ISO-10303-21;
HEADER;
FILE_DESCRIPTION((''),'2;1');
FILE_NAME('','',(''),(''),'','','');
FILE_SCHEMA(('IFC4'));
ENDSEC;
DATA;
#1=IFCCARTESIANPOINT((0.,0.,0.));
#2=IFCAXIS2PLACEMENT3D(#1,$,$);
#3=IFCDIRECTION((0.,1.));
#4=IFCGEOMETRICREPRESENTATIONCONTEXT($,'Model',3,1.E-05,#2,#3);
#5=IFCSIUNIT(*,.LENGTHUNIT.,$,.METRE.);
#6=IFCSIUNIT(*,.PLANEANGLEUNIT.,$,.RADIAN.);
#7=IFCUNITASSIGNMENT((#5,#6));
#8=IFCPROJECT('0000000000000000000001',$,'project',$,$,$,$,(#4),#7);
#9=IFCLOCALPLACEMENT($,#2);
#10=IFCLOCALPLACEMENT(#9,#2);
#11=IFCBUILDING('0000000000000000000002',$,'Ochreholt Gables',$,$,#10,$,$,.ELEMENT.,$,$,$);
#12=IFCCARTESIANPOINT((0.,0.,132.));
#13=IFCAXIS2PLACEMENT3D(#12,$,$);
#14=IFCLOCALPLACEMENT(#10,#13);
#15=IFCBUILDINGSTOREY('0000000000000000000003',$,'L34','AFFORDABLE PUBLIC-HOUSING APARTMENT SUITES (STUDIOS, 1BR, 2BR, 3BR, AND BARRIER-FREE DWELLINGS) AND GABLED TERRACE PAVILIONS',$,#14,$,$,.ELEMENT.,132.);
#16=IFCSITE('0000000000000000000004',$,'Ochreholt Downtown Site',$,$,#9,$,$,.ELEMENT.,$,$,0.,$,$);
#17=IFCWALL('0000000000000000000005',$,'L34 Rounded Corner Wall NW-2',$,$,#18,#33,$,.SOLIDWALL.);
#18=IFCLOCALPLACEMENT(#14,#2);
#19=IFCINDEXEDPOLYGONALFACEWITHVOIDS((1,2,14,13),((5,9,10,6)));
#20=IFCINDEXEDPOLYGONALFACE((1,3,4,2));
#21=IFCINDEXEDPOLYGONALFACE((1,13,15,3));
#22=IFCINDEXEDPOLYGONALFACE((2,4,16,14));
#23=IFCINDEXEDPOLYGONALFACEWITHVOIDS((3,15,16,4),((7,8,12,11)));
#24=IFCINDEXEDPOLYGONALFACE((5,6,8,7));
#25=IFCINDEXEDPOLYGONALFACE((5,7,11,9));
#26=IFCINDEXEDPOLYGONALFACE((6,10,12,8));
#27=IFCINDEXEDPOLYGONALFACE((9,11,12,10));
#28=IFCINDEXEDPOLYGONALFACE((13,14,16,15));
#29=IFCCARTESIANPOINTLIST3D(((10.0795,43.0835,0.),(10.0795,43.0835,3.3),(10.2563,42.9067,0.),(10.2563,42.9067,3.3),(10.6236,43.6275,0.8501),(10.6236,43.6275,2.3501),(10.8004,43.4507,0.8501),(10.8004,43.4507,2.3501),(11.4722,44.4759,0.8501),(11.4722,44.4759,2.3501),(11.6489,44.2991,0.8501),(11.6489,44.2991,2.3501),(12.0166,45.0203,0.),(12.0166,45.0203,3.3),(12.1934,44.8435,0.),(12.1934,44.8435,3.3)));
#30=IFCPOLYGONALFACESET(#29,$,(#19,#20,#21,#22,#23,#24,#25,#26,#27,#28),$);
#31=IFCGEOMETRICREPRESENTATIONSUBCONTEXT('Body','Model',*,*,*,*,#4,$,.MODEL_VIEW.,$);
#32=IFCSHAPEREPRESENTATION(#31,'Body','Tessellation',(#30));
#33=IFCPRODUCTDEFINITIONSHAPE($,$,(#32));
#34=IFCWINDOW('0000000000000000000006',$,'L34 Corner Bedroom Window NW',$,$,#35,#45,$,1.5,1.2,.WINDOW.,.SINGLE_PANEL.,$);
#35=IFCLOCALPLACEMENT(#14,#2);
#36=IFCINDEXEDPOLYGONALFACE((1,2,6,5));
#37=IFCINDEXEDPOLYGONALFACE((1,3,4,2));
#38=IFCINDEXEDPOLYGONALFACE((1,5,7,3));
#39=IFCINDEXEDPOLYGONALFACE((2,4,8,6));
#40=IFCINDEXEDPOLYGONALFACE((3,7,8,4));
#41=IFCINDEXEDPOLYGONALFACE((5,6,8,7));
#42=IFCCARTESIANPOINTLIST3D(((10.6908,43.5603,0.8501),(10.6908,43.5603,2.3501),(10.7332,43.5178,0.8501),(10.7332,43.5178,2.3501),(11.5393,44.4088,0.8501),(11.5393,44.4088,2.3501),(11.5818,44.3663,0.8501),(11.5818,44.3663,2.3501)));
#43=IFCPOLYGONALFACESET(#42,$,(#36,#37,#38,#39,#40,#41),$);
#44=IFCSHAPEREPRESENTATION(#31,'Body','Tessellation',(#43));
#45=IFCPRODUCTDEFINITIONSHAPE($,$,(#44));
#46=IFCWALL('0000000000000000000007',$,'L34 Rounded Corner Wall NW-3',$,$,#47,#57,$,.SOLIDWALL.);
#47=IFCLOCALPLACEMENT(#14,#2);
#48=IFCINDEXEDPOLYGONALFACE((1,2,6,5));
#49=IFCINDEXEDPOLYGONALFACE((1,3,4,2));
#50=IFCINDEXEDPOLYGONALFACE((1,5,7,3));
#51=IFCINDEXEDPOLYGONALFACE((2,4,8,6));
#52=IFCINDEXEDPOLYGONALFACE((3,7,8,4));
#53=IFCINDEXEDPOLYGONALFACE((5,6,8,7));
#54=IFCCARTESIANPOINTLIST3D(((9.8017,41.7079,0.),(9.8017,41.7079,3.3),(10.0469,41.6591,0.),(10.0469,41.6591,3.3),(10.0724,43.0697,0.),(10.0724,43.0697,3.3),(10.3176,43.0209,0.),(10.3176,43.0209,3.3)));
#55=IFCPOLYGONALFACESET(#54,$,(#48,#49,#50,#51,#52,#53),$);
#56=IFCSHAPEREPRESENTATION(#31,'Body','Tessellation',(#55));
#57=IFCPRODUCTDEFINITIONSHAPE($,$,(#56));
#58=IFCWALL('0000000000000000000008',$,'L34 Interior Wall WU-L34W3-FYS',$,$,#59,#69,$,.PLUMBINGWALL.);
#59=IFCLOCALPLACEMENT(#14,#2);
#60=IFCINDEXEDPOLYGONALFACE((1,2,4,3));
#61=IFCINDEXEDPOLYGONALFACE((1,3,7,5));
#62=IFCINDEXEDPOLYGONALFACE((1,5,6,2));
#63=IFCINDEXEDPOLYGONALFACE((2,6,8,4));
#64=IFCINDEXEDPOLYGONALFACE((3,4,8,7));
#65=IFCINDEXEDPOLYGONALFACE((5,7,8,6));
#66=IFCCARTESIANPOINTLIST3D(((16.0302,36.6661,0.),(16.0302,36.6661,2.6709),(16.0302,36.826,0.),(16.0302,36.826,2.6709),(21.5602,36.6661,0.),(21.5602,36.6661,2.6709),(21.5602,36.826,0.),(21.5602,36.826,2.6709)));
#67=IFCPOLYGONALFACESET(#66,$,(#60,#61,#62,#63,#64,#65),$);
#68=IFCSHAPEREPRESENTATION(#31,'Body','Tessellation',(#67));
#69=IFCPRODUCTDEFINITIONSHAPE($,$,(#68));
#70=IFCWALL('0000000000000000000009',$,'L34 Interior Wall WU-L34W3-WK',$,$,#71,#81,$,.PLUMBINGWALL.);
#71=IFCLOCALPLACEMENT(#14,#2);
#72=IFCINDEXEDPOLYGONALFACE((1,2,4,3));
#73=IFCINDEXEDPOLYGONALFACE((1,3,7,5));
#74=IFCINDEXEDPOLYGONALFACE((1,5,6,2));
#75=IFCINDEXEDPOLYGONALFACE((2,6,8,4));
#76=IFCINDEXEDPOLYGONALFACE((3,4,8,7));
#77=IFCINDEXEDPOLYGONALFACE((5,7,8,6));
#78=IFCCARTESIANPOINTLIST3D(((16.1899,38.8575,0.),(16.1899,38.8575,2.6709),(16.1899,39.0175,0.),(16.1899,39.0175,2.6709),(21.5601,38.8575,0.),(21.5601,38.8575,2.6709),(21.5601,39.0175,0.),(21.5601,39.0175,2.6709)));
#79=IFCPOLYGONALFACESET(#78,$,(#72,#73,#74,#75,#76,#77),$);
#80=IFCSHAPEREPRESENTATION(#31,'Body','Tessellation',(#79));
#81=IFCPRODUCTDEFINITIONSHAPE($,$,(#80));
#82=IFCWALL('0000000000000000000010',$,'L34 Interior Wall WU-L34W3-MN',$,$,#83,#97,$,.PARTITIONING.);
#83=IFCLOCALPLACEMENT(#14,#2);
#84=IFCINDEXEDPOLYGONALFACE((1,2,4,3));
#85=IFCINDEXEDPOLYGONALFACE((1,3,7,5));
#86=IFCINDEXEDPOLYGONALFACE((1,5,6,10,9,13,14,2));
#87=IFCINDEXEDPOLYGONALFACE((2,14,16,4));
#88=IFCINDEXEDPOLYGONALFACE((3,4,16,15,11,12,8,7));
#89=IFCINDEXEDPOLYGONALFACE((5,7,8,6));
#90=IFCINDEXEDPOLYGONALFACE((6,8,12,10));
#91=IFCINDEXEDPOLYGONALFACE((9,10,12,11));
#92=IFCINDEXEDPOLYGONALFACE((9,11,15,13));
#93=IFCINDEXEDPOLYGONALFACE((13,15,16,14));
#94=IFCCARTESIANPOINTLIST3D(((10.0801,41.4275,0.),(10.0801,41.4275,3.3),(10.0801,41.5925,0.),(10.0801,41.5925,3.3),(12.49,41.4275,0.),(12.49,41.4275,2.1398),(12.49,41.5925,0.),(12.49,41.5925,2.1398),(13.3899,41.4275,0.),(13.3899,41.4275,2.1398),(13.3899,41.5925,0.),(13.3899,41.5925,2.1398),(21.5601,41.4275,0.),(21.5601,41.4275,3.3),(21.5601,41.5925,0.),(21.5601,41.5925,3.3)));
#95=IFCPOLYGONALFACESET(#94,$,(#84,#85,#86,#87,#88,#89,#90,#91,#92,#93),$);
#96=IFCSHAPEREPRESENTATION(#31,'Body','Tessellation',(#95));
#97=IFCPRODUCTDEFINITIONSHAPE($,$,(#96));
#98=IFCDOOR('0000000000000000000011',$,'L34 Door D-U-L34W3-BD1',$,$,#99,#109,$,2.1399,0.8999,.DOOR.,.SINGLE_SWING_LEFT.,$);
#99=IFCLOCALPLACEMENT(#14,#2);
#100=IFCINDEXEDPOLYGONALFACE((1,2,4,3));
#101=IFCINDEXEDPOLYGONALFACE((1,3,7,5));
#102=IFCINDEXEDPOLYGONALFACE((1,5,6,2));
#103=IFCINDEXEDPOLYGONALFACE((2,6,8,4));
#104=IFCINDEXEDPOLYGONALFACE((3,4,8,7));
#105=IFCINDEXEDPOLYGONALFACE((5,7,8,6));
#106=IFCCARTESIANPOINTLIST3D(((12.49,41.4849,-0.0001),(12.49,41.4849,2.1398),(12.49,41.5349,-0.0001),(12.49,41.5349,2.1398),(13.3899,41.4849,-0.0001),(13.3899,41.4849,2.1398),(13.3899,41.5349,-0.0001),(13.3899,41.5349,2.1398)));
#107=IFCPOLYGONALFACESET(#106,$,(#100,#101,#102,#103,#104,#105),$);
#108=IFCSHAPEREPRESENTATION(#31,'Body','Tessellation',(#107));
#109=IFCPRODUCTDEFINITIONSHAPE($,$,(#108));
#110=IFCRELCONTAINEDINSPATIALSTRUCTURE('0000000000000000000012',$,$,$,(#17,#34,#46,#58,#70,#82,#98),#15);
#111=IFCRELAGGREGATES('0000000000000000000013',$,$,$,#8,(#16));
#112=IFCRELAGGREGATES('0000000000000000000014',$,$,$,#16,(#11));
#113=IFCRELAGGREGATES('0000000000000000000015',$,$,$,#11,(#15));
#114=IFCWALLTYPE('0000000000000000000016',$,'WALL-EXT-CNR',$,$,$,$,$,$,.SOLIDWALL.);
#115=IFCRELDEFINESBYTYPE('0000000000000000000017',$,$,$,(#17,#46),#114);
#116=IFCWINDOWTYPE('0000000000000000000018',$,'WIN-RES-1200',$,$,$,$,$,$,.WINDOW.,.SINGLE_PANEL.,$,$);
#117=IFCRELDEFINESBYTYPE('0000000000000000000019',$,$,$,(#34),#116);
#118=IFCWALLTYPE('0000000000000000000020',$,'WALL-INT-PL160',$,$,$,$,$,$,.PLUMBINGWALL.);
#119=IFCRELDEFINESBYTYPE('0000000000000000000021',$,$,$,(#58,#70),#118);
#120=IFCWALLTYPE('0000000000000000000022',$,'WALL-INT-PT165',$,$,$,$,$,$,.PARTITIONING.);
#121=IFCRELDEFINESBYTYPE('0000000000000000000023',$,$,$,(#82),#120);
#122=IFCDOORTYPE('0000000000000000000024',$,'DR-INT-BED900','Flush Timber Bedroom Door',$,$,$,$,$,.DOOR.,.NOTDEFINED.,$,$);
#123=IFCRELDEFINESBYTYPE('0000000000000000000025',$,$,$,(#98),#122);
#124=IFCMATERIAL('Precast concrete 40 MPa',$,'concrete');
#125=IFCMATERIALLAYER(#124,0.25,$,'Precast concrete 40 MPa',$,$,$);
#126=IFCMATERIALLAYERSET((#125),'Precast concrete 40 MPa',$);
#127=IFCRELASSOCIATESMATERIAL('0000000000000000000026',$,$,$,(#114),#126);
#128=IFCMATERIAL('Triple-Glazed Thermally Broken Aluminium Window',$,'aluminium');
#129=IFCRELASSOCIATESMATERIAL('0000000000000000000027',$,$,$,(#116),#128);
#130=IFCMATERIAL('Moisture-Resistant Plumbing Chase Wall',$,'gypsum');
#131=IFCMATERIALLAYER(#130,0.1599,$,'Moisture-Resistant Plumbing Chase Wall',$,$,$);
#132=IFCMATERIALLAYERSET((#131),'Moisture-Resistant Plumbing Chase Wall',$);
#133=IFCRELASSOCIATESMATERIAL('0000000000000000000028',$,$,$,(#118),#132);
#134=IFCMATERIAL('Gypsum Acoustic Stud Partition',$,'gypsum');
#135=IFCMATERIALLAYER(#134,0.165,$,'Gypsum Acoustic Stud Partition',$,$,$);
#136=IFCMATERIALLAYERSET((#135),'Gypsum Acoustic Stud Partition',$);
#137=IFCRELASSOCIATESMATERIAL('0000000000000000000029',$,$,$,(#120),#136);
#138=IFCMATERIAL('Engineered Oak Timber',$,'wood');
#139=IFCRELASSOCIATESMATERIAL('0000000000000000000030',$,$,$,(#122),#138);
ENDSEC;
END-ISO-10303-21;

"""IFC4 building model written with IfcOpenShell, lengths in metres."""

from ifc_helpers import new_model, si_unit, direction, frame, frame_2d, origin, place, context, subcontext, project, spatial, rectangle, extrude, material, layer, layer_set, type_object, element, fill, save


model = new_model("IFC4")

# Units and contexts
model_context = context("Model", 3, precision=1e-05, world=origin(), true_north=direction((0.0, 1.0)))
body_context = subcontext(model_context, "Body", "Model", "MODEL_VIEW")
ifc_project = project(units=[si_unit("LENGTHUNIT", "METRE"), si_unit("PLANEANGLEUNIT", "RADIAN")], contexts=[model_context])

# Site, building, storey
site_placement = place(None, origin())
site = spatial("IfcSite", under=ifc_project, at=site_placement, Name="Ochreholt Downtown Site", CompositionType="ELEMENT", RefElevation=0.0)
building_placement = place(site_placement, origin())
building = spatial("IfcBuilding", under=site, at=building_placement, Name="Ochreholt Gables", CompositionType="ELEMENT")
storey_placement = place(building_placement, frame((0.0, 0.0, 132.0)))
storey = spatial("IfcBuildingStorey", under=building, at=storey_placement, Name="L34", Description="AFFORDABLE PUBLIC-HOUSING APARTMENT SUITES (STUDIOS, 1BR, 2BR, 3BR, AND BARRIER-FREE DWELLINGS) AND GABLED TERRACE PAVILIONS", CompositionType="ELEMENT", Elevation=132.0)

# Shared definitions
ifc_material_1 = material(Name="Precast concrete 40 MPa", Category="concrete")
ifc_material_2 = material(Name="Triple-Glazed Thermally Broken Aluminium Window", Category="aluminium")

# Shared definitions
ifc_layer_1 = layer(ifc_material_1, 0.25, Name="Precast concrete 40 MPa")
ifc_layer_set_1 = layer_set([ifc_layer_1], Name="Precast concrete 40 MPa")
wall_type_1 = type_object("IfcWallType", Name="WALL-EXT-CNR", PredefinedType="SOLIDWALL", material=ifc_layer_set_1)

# Wall, opening, window
wall_1_placement = place(storey_placement, frame((12.105, 44.9319, 0.0), z_axis=(0.0, 0.0, 1.0), x_axis=(-0.707151, -0.707062, 0.0)))
wall_1 = element("IfcWall", 1, at=wall_1_placement, inside=storey, type_object=wall_type_1, Name="L34 Rounded Corner Wall NW-2", PredefinedType="SOLIDWALL", context=body_context, shape_type="SweptSolid", body=[
    extrude(rectangle(XDim=2.7393, YDim=0.25, at=frame_2d((1.3696, 0.0))), origin(), (0.0, 0.0, 1.0), 3.3),
])
opening_1_placement = place(wall_1_placement, frame((0.7698, 0.0, 0.8501)))
opening_1 = element("IfcOpeningElement", 2, at=opening_1_placement, cuts=wall_1, PredefinedType="OPENING", context=body_context, shape_type="SweptSolid", body=[
    extrude(rectangle(XDim=1.2, YDim=1.5, at=frame_2d((0.6001, 0.75))), frame((0.0, 0.135, 0.0), z_axis=(0.0, -1.0, 0.0), x_axis=(1.0, 0.0, 0.0)), (0.0, 0.0, 1.0), 0.27),
])
window_type_1 = type_object("IfcWindowType", Name="WIN-RES-1200", PartitioningType="SINGLE_PANEL", PredefinedType="WINDOW", material=ifc_material_2)
window_1_placement = place(opening_1_placement, origin())
window_1 = element("IfcWindow", 3, at=window_1_placement, inside=storey, type_object=window_type_1, Name="L34 Corner Bedroom Window NW", OverallHeight=1.5, OverallWidth=1.2, PartitioningType="SINGLE_PANEL", PredefinedType="WINDOW", context=body_context, shape_type="SweptSolid", body=[
    extrude(rectangle(XDim=1.2, YDim=1.5, at=frame_2d((0.6001, 0.75))), frame((0.0, 0.03, 0.0), z_axis=(0.0, -1.0, 0.0), x_axis=(1.0, 0.0, 0.0)), (0.0, 0.0, 1.0), 0.0601),
])
fill(opening_1, window_1)

# Walls
wall_2_placement = place(storey_placement, frame((10.1951, 43.0454, 0.0), z_axis=(0.0, 0.0, 1.0), x_axis=(-0.195, -0.980803, 0.0)))
element("IfcWall", 4, at=wall_2_placement, inside=storey, type_object=wall_type_1, Name="L34 Rounded Corner Wall NW-3", PredefinedType="SOLIDWALL", context=body_context, shape_type="SweptSolid", body=[
    extrude(rectangle(XDim=1.3884, YDim=0.25, at=frame_2d((0.6943, 0.0))), origin(), (0.0, 0.0, 1.0), 3.3),
])
ifc_material_3 = material(Name="Moisture-Resistant Plumbing Chase Wall", Category="gypsum")
ifc_layer_2 = layer(ifc_material_3, 0.1599, Name="Moisture-Resistant Plumbing Chase Wall")
ifc_layer_set_2 = layer_set([ifc_layer_2], Name="Moisture-Resistant Plumbing Chase Wall")
wall_type_2 = type_object("IfcWallType", Name="WALL-INT-PL160", PredefinedType="PLUMBINGWALL", material=ifc_layer_set_2)
wall_3_placement = place(storey_placement, frame((16.03, 36.7461, 0.0), z_axis=(0.0, 0.0, 1.0), x_axis=(1.0, 0.0, 0.0)))
element("IfcWall", 5, at=wall_3_placement, inside=storey, type_object=wall_type_2, Name="L34 Interior Wall WU-L34W3-FYS", PredefinedType="PLUMBINGWALL", context=body_context, shape_type="SweptSolid", body=[
    extrude(rectangle(XDim=5.53, YDim=0.1599, at=frame_2d((2.7651, 0.0))), origin(), (0.0, 0.0, 1.0), 2.6709),
])

# Shared definitions
ifc_material_4 = material(Name="Engineered Oak Timber", Category="wood")

# Wall
wall_4_placement = place(storey_placement, frame((16.1899, 38.9375, 0.0), z_axis=(0.0, 0.0, 1.0), x_axis=(1.0, 0.0, 0.0)))
element("IfcWall", 6, at=wall_4_placement, inside=storey, type_object=wall_type_2, Name="L34 Interior Wall WU-L34W3-WK", PredefinedType="PLUMBINGWALL", context=body_context, shape_type="SweptSolid", body=[
    extrude(rectangle(XDim=5.3701, YDim=0.1599, at=frame_2d((2.6851, 0.0))), origin(), (0.0, 0.0, 1.0), 2.6709),
])

# Wall, opening, door
ifc_material_5 = material(Name="Gypsum Acoustic Stud Partition", Category="gypsum")
ifc_layer_3 = layer(ifc_material_5, 0.165, Name="Gypsum Acoustic Stud Partition")
ifc_layer_set_3 = layer_set([ifc_layer_3], Name="Gypsum Acoustic Stud Partition")
wall_type_3 = type_object("IfcWallType", Name="WALL-INT-PT165", PredefinedType="PARTITIONING", material=ifc_layer_set_3)
wall_5_placement = place(storey_placement, frame((10.0801, 41.51, 0.0), z_axis=(0.0, 0.0, 1.0), x_axis=(1.0, 0.0, 0.0)))
wall_5 = element("IfcWall", 7, at=wall_5_placement, inside=storey, type_object=wall_type_3, Name="L34 Interior Wall WU-L34W3-MN", PredefinedType="PARTITIONING", context=body_context, shape_type="SweptSolid", body=[
    extrude(rectangle(XDim=11.48, YDim=0.165, at=frame_2d((5.74, 0.0))), origin(), (0.0, 0.0, 1.0), 3.3),
])
opening_2_placement = place(wall_5_placement, frame((2.4099, 0.0, 0.0)))
opening_2 = element("IfcOpeningElement", 8, at=opening_2_placement, cuts=wall_5, PredefinedType="OPENING", context=body_context, shape_type="SweptSolid", body=[
    extrude(rectangle(XDim=0.8999, YDim=2.1399, at=frame_2d((0.45, 1.0698))), frame((0.0, 0.0925, 0.0), z_axis=(0.0, -1.0, 0.0), x_axis=(1.0, 0.0, 0.0)), (0.0, 0.0, 1.0), 0.1851),
])
door_type_1 = type_object("IfcDoorType", Name="DR-INT-BED900", Description="Flush Timber Bedroom Door", OperationType="NOTDEFINED", PredefinedType="DOOR", material=ifc_material_4)
door_1_placement = place(opening_2_placement, origin())
door_1 = element("IfcDoor", 9, at=door_1_placement, inside=storey, type_object=door_type_1, Name="L34 Door D-U-L34W3-BD1", OperationType="SINGLE_SWING_LEFT", OverallHeight=2.1399, OverallWidth=0.8999, PredefinedType="DOOR", context=body_context, shape_type="SweptSolid", body=[
    extrude(rectangle(XDim=0.8999, YDim=2.1399, at=frame_2d((0.45, 1.0698))), frame((0.0, 0.0249, 0.0), z_axis=(0.0, -1.0, 0.0), x_axis=(1.0, 0.0, 0.0)), (0.0, 0.0, 1.0), 0.05),
])
fill(opening_2, door_1)

save(model, "model.ifc")
